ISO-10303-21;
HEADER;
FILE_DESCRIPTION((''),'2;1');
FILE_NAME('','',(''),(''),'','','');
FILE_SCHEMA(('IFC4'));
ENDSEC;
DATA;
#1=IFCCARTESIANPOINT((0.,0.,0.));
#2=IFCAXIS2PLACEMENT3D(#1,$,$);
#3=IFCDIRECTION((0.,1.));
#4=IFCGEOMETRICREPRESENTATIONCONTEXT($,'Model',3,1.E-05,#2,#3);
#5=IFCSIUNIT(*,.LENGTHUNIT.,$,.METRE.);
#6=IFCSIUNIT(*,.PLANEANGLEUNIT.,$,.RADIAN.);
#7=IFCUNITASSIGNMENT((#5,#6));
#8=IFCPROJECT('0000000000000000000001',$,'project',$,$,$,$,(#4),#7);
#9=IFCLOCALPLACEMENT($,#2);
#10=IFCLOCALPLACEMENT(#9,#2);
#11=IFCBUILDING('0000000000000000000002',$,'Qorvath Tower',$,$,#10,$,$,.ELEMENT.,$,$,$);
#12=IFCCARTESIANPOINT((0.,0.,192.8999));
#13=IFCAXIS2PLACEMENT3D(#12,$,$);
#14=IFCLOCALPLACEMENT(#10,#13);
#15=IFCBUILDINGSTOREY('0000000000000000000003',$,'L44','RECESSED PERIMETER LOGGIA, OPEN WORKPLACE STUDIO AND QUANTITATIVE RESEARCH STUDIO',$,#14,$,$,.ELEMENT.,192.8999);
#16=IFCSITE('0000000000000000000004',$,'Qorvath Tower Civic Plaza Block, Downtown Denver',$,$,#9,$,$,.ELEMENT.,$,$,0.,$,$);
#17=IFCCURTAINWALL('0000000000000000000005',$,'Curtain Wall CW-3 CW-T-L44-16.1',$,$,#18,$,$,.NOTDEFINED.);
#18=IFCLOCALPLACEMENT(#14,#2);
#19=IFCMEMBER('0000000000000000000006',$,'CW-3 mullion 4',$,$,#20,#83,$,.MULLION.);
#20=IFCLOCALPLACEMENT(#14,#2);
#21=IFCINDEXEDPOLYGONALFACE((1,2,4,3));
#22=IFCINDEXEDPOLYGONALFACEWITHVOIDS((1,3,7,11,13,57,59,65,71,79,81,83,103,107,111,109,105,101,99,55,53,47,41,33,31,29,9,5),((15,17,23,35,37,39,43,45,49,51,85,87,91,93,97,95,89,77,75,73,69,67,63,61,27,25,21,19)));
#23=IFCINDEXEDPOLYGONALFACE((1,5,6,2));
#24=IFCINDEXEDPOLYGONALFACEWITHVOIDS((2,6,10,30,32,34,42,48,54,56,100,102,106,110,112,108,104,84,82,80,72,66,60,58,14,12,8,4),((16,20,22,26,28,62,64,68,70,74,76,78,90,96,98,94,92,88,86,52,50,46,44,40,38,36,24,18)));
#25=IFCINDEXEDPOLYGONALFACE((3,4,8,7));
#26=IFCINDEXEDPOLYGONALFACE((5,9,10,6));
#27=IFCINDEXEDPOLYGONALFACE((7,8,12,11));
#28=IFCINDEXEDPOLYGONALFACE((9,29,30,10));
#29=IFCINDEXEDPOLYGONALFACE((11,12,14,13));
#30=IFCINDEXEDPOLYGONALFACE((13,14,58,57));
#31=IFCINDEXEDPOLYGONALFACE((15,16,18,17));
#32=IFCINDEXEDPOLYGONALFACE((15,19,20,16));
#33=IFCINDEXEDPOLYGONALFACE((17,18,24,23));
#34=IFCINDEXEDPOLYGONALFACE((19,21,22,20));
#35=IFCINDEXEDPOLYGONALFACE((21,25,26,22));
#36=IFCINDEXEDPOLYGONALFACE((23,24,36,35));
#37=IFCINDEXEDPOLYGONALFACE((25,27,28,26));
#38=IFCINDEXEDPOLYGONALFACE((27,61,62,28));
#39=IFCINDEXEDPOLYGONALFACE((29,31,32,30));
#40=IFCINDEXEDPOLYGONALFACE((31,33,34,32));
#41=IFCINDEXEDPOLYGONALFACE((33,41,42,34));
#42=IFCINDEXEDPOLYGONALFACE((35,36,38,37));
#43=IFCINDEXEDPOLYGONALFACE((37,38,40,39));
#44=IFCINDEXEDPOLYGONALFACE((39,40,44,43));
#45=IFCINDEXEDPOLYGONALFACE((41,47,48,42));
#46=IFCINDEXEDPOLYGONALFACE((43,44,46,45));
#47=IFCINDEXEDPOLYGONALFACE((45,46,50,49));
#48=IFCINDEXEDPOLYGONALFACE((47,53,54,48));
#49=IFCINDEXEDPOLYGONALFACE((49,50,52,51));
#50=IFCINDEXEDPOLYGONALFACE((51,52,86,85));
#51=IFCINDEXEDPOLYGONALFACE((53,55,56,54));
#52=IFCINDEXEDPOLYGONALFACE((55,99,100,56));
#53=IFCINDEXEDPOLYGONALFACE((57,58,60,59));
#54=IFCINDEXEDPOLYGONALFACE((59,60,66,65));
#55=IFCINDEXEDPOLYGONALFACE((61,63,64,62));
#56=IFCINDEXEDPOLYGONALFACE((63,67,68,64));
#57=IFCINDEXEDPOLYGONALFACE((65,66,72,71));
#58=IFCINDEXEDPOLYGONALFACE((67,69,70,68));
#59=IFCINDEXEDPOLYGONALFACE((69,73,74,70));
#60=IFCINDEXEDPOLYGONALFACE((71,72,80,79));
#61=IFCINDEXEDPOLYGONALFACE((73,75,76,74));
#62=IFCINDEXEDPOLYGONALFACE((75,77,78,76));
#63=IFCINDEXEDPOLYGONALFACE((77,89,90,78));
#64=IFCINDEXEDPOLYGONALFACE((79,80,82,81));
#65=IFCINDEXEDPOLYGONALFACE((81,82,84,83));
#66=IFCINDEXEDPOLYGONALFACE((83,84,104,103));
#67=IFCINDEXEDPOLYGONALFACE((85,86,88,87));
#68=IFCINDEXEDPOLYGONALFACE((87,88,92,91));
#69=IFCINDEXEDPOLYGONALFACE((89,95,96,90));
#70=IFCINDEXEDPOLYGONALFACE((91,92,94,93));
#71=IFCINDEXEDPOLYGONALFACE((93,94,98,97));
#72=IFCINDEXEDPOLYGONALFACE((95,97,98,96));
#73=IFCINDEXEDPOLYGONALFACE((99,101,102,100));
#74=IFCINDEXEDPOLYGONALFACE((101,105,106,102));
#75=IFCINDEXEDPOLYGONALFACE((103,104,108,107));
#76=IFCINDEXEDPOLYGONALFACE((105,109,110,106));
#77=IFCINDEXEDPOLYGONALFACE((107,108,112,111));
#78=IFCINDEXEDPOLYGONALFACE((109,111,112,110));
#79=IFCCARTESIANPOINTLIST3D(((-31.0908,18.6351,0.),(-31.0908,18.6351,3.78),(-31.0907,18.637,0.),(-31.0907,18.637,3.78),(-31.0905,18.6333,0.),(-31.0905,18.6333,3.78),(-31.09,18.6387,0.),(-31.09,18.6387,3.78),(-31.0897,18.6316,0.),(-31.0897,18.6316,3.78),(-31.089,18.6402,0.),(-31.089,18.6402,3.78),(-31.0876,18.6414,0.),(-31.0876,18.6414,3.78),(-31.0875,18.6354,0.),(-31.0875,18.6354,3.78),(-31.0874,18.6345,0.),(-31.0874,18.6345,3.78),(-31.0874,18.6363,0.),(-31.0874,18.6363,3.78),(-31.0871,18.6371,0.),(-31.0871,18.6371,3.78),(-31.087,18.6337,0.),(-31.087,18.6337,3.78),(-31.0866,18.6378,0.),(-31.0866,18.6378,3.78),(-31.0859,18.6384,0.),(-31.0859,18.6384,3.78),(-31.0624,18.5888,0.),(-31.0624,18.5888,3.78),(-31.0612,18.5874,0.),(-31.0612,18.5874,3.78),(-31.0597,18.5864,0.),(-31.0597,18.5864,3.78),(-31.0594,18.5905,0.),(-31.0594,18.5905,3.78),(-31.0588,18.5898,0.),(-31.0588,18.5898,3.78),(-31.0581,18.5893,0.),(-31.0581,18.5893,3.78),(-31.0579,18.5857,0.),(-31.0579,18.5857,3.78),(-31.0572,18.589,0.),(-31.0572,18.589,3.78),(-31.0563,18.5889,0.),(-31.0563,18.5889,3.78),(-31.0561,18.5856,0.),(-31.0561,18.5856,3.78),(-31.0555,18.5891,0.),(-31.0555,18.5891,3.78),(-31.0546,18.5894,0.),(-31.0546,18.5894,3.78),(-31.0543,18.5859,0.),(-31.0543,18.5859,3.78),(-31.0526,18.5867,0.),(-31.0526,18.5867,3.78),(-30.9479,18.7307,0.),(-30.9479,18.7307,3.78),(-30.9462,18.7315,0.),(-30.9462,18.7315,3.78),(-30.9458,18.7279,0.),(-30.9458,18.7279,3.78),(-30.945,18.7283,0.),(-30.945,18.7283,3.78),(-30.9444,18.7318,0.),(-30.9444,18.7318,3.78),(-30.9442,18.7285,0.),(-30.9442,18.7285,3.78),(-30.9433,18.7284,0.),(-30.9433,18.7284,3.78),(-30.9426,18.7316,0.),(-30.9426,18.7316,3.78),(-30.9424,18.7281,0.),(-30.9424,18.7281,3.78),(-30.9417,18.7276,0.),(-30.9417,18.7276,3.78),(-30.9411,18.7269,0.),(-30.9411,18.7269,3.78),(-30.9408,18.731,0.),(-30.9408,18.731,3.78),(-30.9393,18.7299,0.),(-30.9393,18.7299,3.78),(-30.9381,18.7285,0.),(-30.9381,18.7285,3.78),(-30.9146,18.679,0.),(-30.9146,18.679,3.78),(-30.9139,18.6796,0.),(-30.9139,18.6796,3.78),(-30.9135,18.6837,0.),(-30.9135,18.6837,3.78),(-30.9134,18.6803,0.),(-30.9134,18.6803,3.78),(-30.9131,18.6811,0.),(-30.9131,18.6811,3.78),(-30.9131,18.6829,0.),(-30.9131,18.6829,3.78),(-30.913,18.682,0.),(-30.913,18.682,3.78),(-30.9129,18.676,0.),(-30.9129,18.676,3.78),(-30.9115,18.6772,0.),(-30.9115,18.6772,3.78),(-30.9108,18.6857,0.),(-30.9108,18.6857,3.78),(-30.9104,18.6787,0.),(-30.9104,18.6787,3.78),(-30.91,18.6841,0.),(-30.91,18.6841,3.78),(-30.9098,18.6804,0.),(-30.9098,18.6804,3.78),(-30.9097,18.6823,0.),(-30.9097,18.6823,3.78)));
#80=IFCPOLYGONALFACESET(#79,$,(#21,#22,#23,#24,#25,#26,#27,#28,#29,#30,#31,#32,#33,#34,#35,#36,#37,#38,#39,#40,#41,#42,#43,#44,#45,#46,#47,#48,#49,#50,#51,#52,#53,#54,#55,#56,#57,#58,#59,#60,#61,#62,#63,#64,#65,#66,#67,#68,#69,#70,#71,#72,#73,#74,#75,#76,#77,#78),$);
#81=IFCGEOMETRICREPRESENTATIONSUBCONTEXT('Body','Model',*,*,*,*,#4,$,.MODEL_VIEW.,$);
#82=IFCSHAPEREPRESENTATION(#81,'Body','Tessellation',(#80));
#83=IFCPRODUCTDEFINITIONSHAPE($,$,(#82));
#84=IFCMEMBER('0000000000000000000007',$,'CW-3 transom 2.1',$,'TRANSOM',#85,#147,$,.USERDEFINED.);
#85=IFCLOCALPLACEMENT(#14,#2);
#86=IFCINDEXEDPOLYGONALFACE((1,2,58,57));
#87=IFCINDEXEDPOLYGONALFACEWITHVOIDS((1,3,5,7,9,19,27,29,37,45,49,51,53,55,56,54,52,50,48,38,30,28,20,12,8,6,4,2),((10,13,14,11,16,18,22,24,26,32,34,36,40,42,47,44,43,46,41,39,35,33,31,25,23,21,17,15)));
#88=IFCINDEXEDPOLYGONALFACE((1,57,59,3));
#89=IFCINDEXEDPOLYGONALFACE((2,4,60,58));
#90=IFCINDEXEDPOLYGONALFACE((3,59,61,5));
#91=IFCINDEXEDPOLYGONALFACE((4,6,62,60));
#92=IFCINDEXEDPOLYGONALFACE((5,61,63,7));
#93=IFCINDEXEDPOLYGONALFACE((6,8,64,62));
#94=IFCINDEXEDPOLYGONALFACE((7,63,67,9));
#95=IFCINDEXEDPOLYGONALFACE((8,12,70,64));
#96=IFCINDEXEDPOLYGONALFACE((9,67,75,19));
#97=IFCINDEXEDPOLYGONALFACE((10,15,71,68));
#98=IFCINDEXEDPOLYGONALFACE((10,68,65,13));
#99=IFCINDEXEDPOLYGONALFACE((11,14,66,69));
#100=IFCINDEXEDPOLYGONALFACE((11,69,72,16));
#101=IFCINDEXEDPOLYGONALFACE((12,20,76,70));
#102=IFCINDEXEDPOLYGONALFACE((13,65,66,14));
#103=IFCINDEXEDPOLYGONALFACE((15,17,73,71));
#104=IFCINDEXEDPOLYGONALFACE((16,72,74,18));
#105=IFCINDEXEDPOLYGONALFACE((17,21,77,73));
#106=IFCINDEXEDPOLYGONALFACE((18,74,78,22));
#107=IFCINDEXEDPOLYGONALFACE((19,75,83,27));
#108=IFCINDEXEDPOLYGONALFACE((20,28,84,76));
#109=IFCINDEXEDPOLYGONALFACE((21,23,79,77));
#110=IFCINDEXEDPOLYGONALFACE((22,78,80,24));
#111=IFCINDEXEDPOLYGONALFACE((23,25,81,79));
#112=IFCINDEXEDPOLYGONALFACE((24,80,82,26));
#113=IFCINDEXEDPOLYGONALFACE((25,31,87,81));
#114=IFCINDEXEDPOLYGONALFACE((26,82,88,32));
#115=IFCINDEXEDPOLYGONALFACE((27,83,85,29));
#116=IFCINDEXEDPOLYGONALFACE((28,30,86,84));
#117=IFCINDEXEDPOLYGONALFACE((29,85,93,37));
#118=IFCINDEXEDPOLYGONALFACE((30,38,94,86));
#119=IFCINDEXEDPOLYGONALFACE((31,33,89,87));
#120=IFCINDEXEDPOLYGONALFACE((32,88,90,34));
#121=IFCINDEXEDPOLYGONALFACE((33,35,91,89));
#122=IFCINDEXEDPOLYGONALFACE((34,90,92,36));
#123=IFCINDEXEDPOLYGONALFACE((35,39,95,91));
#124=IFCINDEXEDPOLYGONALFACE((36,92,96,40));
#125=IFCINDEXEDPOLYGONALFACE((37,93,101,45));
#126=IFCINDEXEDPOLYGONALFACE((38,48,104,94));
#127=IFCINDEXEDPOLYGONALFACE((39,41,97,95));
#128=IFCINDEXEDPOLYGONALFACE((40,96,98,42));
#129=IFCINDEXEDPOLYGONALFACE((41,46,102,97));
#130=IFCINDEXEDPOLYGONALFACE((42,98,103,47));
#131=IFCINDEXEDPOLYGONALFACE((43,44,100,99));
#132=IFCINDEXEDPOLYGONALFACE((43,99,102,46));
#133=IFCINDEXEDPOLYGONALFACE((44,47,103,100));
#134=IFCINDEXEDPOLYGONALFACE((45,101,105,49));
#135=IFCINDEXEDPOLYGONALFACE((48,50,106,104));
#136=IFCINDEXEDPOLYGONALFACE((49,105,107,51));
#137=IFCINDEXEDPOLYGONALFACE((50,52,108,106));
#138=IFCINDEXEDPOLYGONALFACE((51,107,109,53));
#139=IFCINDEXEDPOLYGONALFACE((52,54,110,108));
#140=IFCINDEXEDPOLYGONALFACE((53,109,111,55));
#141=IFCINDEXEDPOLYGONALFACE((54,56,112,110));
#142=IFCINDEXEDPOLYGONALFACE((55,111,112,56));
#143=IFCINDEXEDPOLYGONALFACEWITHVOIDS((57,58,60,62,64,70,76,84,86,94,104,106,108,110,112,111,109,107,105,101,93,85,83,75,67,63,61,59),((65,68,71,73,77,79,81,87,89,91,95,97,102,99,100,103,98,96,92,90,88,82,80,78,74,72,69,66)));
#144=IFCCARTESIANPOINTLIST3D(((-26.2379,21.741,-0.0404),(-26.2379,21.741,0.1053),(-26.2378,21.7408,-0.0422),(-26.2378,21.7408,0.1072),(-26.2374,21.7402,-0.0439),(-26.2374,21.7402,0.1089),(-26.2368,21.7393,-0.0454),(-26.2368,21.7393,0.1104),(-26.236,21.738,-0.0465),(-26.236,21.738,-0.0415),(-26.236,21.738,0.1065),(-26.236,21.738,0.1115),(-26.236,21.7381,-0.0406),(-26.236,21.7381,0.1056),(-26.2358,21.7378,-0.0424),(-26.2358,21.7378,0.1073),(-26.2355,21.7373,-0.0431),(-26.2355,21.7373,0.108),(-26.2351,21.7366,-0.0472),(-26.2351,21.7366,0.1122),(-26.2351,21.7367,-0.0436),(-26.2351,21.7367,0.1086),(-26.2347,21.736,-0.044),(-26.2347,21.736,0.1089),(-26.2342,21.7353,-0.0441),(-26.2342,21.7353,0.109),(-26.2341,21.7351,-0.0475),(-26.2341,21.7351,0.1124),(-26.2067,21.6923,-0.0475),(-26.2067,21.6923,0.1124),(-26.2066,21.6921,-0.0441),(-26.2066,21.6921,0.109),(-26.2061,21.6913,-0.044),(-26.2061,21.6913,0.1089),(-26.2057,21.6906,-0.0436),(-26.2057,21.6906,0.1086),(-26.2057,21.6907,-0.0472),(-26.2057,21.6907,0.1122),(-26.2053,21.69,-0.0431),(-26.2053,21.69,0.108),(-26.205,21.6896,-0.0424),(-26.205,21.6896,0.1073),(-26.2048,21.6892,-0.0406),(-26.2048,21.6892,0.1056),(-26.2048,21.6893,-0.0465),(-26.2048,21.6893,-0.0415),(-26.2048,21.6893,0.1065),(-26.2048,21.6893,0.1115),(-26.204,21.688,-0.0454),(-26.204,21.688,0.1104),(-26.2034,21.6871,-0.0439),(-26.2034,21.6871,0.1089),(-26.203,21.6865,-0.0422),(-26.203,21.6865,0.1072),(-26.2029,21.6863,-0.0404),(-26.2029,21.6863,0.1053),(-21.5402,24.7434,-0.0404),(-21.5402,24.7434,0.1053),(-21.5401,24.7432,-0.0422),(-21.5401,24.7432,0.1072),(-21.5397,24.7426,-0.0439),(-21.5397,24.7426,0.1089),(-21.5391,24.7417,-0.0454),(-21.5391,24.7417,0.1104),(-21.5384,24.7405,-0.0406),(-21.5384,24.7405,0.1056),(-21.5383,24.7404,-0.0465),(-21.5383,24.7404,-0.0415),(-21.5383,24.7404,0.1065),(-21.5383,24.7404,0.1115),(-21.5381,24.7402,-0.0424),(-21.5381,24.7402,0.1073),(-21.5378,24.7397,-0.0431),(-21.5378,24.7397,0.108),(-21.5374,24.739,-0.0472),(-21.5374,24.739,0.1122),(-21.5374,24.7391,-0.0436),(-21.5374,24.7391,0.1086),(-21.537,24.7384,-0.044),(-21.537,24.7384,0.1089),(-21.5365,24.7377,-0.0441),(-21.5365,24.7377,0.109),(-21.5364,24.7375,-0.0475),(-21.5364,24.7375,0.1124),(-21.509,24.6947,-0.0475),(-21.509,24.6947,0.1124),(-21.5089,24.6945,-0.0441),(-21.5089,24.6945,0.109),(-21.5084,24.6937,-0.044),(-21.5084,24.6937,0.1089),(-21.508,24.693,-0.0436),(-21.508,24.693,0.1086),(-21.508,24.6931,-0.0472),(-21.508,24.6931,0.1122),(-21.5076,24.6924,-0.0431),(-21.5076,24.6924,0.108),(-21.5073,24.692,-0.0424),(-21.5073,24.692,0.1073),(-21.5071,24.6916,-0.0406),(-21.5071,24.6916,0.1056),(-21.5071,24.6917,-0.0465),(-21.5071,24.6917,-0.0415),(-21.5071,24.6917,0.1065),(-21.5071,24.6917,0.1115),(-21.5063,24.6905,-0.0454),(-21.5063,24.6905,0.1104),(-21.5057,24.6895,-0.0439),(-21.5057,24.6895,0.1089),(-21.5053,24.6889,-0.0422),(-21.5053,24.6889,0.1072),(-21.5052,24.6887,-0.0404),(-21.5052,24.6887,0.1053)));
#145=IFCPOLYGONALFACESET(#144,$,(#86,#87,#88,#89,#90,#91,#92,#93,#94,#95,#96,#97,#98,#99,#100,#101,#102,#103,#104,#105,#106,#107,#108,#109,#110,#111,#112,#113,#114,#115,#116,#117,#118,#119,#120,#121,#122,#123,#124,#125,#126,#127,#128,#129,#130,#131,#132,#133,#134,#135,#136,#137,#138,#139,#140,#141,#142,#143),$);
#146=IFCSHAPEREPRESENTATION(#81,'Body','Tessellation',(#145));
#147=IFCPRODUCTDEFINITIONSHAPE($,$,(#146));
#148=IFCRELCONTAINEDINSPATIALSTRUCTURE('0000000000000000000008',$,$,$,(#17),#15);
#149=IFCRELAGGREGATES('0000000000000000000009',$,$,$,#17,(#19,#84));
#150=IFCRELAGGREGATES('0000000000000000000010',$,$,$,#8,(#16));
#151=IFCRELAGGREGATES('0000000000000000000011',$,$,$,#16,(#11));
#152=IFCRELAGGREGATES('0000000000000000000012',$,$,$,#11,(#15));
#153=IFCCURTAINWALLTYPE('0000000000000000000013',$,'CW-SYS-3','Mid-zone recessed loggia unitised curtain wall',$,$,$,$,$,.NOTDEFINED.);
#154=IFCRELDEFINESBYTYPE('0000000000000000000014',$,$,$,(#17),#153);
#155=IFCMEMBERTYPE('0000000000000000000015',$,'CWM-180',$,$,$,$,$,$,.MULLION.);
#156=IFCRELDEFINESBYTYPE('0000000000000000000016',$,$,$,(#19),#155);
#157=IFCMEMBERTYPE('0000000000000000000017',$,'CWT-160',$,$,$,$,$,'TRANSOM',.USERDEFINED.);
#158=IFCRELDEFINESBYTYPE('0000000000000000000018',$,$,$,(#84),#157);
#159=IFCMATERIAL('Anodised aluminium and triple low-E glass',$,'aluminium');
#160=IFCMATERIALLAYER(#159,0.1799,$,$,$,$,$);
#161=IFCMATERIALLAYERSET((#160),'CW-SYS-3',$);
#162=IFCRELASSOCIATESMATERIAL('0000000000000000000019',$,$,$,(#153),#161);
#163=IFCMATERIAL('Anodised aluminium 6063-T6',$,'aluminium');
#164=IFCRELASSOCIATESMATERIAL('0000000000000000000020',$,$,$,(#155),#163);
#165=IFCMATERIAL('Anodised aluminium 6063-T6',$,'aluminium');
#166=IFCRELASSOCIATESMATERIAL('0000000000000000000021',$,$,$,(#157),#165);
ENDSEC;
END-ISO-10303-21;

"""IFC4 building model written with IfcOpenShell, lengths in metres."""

from ifc_helpers import new_model, si_unit, direction, frame, origin, origin_2d, place, context, subcontext, project, spatial, hollow_rectangle, extrude, material, layer, layer_set, material_profile, profile_set, type_object, element, aggregate, save


model = new_model("IFC4")

# Units and contexts
model_context = context("Model", 3, precision=1e-05, world=origin(), true_north=direction((0.0, 1.0)))
body_context = subcontext(model_context, "Body", "Model", "MODEL_VIEW")
ifc_project = project(units=[si_unit("LENGTHUNIT", "METRE"), si_unit("PLANEANGLEUNIT", "RADIAN")], contexts=[model_context])

# Site, building, storey
site_placement = place(None, origin())
site = spatial("IfcSite", under=ifc_project, at=site_placement, Name="Qorvath Tower Civic Plaza Block, Downtown Denver", CompositionType="ELEMENT", RefElevation=0.0)
building_placement = place(site_placement, origin())
building = spatial("IfcBuilding", under=site, at=building_placement, Name="Qorvath Tower", CompositionType="ELEMENT")
storey_placement = place(building_placement, frame((0.0, 0.0, 192.8999)))
storey = spatial("IfcBuildingStorey", under=building, at=storey_placement, Name="L44", Description="RECESSED PERIMETER LOGGIA, OPEN WORKPLACE STUDIO AND QUANTITATIVE RESEARCH STUDIO", CompositionType="ELEMENT", Elevation=192.8999)

# Curtain wall, members
ifc_material_1 = material(Name="Anodised aluminium and triple low-E glass", Category="aluminium")
ifc_layer_1 = layer(ifc_material_1, 0.1799)
ifc_layer_set_1 = layer_set([ifc_layer_1], Name="CW-SYS-3")
curtain_wall_type = type_object("IfcCurtainWallType", Name="CW-SYS-3", Description="Mid-zone recessed loggia unitised curtain wall", PredefinedType="NOTDEFINED", material=ifc_layer_set_1)
curtain_wall_placement = place(storey_placement, origin())
curtain_wall = element("IfcCurtainWall", 1, at=curtain_wall_placement, inside=storey, type_object=curtain_wall_type, Name="Curtain Wall CW-3 CW-T-L44-16.1", PredefinedType="NOTDEFINED")
ifc_material_2 = material(Name="Anodised aluminium 6063-T6", Category="aluminium")
ifc_material_profile_1 = material_profile(ifc_material_2, hollow_rectangle(XDim=0.0649, YDim=0.1799, WallThickness=0.0034, InnerFilletRadius=0.0034, OuterFilletRadius=0.0071, at=origin_2d()), Name="CWM 180x65")
ifc_profile_set_1 = profile_set([ifc_material_profile_1], Name="Anodised aluminium 6063-T6")
member_type_1 = type_object("IfcMemberType", Name="CWM-180", PredefinedType="MULLION", material=ifc_profile_set_1)
member_1_placement = place(storey_placement, frame((-31.0002, 18.6587, 0.0), z_axis=(0.0, 0.0, 1.0), x_axis=(0.538534, -0.842604, 0.0)))
member_1 = element("IfcMember", 2, at=member_1_placement, type_object=member_type_1, Name="CW-3 mullion 4", PredefinedType="MULLION", context=body_context, shape_type="SweptSolid", body=[
    extrude(hollow_rectangle(XDim=0.0649, YDim=0.1799, WallThickness=0.0034, InnerFilletRadius=0.0034, OuterFilletRadius=0.0071, at=origin_2d()), origin(), (0.0, 0.0, 1.0), 3.78),
])
ifc_material_3 = material(Name="Anodised aluminium 6063-T6", Category="aluminium")
ifc_material_profile_2 = material_profile(ifc_material_3, hollow_rectangle(XDim=0.0649, YDim=0.1599, WallThickness=0.0034, InnerFilletRadius=0.0034, OuterFilletRadius=0.0071, at=origin_2d()), Name="CWT 160x65")
ifc_profile_set_2 = profile_set([ifc_material_profile_2], Name="Anodised aluminium 6063-T6")
member_type_2 = type_object("IfcMemberType", Name="CWT-160", ElementType="TRANSOM", PredefinedType="USERDEFINED", material=ifc_profile_set_2)
member_2_placement = place(storey_placement, frame((-21.5227, 24.7161, 0.0325), z_axis=(-0.842607, -0.538529, 0.0), x_axis=(0.538529, -0.842607, 0.0)))
member_2 = element("IfcMember", 3, at=member_2_placement, type_object=member_type_2, Name="CW-3 transom 2.1", ObjectType="TRANSOM", PredefinedType="USERDEFINED", context=body_context, shape_type="SweptSolid", body=[
    extrude(hollow_rectangle(XDim=0.0649, YDim=0.1599, WallThickness=0.0034, InnerFilletRadius=0.0034, OuterFilletRadius=0.0071, at=origin_2d()), origin(), (0.0, 0.0, 1.0), 5.5752),
])
aggregate(curtain_wall, [member_1, member_2])

save(model, "model.ifc")
